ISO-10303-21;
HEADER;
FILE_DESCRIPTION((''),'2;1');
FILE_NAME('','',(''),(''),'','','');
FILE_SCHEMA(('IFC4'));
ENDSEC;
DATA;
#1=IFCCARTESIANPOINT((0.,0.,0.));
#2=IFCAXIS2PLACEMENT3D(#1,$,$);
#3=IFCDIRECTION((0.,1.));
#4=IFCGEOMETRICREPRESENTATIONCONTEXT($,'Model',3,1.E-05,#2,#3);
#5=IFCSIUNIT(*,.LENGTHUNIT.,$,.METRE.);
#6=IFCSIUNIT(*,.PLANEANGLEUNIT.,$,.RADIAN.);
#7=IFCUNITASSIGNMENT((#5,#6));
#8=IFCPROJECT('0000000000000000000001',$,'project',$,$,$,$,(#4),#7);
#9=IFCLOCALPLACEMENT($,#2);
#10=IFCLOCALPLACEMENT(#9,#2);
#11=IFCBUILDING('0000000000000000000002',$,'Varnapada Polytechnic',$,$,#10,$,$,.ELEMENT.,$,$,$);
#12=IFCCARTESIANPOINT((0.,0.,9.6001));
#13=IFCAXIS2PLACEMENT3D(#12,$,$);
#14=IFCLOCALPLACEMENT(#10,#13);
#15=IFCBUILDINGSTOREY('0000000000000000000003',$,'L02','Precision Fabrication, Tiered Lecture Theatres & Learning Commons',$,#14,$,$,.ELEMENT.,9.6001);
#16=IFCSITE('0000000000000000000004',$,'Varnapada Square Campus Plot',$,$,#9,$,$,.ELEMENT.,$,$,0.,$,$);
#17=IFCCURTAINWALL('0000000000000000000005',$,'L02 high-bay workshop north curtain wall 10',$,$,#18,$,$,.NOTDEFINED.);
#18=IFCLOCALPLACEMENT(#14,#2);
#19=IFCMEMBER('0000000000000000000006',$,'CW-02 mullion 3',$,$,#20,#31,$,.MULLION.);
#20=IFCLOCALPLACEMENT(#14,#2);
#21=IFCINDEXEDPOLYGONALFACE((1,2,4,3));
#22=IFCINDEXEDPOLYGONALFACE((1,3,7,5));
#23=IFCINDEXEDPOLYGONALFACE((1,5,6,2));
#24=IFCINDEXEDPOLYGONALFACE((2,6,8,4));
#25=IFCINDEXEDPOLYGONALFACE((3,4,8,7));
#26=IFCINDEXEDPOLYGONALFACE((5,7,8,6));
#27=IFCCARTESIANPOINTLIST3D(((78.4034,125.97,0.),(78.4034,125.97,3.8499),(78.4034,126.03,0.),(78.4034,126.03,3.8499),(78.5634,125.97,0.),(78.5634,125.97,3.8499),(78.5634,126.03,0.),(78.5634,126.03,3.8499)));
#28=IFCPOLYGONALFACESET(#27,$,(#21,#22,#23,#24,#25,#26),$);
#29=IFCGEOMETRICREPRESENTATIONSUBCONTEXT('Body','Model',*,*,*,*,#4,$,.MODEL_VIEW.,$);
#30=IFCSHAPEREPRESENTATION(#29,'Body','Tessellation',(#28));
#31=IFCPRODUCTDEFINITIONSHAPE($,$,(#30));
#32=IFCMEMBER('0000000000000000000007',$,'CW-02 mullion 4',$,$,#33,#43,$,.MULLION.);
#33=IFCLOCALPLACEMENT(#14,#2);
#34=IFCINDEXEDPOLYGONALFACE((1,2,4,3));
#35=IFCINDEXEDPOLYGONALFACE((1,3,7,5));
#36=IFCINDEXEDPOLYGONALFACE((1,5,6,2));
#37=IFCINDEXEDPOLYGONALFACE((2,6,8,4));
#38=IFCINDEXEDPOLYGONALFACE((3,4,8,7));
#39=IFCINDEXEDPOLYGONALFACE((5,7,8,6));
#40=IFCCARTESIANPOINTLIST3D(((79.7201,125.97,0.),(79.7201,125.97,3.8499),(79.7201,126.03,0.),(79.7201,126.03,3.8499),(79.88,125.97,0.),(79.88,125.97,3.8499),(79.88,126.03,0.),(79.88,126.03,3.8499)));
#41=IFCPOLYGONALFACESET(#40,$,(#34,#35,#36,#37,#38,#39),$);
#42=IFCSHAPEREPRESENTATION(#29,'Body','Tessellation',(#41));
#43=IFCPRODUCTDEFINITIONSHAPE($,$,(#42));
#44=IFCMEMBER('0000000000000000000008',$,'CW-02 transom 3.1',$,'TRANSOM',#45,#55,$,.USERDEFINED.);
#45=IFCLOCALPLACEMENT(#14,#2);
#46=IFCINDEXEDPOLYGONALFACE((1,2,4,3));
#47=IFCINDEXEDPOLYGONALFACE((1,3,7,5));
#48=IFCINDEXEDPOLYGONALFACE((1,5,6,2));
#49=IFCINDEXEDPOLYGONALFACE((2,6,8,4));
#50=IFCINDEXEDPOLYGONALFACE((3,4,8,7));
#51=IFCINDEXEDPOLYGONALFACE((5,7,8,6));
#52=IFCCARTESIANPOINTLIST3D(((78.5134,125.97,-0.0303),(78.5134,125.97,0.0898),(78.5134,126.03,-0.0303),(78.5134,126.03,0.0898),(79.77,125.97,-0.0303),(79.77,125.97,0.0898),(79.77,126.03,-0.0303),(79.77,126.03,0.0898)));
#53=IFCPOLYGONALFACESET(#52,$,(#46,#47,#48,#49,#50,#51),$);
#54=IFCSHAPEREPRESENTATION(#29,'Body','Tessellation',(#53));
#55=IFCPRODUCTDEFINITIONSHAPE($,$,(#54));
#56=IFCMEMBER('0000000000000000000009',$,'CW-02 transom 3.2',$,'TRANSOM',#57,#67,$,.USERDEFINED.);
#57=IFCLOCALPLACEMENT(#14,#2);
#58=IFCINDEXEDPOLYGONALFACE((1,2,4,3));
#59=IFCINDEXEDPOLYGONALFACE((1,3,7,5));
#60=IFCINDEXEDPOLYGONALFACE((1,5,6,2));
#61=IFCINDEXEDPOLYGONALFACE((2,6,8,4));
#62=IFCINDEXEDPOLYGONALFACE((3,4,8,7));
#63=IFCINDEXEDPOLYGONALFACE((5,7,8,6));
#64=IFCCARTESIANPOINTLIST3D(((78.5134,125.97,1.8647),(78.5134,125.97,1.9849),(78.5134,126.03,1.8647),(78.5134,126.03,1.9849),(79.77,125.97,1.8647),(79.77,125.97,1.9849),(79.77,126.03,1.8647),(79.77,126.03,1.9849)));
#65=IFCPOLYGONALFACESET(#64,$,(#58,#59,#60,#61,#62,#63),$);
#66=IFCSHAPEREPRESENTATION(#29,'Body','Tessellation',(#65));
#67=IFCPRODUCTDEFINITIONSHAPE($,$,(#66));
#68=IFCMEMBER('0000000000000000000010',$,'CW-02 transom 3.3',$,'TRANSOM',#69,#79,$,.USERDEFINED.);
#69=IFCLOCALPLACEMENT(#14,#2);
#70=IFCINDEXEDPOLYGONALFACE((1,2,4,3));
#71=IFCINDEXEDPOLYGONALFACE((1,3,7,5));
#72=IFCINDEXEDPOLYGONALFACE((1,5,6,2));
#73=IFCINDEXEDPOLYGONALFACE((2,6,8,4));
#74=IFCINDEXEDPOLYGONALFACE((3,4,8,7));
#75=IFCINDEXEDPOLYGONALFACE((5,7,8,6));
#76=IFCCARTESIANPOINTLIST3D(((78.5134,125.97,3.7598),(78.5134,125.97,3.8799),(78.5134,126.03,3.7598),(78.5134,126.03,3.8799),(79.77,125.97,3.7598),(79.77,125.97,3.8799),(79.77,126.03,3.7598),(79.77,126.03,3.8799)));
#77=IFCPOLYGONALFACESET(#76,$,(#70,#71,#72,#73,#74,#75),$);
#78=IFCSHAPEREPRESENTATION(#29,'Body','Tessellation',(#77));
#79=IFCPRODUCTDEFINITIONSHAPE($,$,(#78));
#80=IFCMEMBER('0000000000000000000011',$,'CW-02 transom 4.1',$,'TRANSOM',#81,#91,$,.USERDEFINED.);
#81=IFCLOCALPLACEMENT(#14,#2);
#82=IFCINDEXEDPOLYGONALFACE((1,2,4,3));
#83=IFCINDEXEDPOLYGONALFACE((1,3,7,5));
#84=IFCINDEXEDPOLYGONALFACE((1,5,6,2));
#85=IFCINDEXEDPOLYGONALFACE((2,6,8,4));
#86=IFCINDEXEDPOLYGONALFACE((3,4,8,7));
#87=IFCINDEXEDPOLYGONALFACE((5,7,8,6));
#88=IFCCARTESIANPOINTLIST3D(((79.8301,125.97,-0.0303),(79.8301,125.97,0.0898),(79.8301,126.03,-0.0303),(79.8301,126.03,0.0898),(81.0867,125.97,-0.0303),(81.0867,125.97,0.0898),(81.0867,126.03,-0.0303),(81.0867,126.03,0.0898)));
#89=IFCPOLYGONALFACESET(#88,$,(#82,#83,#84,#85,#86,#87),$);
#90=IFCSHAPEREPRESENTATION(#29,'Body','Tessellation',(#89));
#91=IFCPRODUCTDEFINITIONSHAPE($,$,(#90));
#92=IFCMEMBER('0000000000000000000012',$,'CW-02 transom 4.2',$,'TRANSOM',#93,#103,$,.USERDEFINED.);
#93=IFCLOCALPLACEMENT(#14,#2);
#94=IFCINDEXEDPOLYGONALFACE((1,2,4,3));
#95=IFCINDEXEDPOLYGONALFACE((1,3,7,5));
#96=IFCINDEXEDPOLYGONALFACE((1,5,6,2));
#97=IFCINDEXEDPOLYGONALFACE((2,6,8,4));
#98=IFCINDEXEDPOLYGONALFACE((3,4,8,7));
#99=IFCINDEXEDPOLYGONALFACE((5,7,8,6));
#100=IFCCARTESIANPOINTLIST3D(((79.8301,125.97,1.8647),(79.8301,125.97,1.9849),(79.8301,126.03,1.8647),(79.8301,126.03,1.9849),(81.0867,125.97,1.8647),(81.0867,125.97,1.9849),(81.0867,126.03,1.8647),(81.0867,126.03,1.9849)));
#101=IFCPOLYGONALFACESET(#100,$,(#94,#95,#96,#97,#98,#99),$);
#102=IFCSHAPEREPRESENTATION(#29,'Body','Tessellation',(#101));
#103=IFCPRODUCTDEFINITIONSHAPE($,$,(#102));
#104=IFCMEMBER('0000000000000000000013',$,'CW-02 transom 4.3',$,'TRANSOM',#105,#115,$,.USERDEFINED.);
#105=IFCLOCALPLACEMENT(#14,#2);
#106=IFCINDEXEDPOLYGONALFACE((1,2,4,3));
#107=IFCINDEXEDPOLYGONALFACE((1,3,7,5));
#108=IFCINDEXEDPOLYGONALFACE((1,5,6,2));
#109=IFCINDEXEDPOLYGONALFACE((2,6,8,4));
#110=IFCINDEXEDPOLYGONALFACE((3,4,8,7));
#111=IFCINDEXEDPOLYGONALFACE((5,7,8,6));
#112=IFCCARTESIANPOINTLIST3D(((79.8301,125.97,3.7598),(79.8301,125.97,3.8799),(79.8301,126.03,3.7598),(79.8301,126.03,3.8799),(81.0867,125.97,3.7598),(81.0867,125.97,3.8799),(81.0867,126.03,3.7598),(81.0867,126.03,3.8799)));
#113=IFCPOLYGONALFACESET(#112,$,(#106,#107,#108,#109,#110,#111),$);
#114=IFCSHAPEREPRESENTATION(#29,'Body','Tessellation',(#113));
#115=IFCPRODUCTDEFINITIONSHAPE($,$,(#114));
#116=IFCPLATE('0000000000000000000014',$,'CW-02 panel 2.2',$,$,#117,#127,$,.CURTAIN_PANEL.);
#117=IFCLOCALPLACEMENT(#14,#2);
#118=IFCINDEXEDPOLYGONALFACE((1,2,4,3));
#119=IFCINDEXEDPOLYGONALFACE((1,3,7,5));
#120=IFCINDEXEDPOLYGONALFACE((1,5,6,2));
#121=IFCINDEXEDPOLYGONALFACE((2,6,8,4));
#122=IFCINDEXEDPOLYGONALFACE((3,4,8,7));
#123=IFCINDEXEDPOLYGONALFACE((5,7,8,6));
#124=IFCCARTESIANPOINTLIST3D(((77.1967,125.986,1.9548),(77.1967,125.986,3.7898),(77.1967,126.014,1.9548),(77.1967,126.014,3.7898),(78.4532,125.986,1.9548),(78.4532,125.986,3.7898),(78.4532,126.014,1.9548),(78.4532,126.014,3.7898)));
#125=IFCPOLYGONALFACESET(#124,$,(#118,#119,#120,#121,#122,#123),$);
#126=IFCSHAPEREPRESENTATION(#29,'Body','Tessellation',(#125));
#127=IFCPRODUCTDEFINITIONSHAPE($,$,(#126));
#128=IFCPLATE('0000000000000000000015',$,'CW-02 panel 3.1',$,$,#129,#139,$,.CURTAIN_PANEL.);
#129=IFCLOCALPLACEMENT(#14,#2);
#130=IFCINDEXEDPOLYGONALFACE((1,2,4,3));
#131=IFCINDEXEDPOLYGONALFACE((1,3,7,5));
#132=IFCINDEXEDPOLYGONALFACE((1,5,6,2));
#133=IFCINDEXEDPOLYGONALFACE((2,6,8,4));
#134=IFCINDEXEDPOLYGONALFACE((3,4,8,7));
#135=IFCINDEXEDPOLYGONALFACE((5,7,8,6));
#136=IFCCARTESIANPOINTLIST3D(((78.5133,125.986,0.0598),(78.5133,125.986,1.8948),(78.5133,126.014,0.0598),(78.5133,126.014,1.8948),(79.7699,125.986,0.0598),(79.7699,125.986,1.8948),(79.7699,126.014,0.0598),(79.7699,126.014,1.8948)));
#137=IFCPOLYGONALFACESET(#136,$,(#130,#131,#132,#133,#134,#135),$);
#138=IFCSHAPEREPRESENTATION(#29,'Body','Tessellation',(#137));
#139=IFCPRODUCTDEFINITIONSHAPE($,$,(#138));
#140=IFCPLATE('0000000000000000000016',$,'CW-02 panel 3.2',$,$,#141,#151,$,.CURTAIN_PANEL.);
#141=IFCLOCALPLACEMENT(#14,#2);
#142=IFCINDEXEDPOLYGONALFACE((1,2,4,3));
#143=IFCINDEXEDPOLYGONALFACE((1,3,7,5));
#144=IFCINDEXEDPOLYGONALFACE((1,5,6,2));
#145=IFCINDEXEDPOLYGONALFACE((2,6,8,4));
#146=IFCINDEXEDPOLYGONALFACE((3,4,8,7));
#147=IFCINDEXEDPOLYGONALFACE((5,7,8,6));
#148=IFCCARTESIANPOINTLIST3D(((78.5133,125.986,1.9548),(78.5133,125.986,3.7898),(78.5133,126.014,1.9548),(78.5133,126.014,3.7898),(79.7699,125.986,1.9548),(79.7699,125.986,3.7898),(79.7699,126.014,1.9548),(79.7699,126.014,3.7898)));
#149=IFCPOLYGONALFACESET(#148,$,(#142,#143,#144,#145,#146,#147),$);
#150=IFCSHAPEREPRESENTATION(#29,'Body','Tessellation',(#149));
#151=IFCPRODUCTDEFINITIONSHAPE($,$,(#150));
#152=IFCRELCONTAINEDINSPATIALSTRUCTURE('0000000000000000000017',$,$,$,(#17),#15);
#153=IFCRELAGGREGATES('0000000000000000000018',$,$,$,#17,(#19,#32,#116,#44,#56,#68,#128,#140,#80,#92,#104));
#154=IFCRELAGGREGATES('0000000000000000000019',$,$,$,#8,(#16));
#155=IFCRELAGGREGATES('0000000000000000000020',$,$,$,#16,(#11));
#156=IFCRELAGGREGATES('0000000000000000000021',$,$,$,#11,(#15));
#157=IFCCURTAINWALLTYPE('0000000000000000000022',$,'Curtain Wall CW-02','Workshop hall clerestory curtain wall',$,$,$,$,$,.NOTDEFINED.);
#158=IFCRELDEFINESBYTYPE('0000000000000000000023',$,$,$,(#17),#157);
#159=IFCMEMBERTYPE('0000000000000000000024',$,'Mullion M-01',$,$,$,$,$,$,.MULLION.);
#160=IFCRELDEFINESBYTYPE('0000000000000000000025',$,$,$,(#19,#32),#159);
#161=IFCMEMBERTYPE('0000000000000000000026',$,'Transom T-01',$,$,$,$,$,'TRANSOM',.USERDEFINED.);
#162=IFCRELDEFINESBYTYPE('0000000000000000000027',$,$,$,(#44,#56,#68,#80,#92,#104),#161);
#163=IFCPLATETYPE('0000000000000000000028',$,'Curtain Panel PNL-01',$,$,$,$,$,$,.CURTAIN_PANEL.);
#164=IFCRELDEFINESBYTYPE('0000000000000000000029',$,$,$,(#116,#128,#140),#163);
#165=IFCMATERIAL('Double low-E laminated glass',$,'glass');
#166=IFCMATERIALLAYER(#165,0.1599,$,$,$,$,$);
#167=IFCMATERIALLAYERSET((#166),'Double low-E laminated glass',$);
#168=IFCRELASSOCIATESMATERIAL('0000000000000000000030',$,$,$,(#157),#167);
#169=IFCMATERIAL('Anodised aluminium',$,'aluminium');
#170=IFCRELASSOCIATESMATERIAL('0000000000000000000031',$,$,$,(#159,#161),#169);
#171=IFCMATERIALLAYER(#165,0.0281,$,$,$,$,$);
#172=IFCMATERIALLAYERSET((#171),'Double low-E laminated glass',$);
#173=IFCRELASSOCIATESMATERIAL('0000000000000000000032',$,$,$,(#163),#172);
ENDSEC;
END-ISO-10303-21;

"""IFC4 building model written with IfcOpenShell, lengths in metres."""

from ifc_helpers import new_model, si_unit, direction, frame, origin, origin_2d, place, context, subcontext, project, spatial, rectangle, extrude, material, layer, layer_set, material_profile, profile_set, type_object, element, aggregate, save


model = new_model("IFC4")

# Units and contexts
model_context = context("Model", 3, precision=1e-05, world=origin(), true_north=direction((0.0, 1.0)))
body_context = subcontext(model_context, "Body", "Model", "MODEL_VIEW")
ifc_project = project(units=[si_unit("LENGTHUNIT", "METRE"), si_unit("PLANEANGLEUNIT", "RADIAN")], contexts=[model_context])

# Site, building, storey
site_placement = place(None, origin())
site = spatial("IfcSite", under=ifc_project, at=site_placement, Name="Varnapada Square Campus Plot", CompositionType="ELEMENT", RefElevation=0.0)
building_placement = place(site_placement, origin())
building = spatial("IfcBuilding", under=site, at=building_placement, Name="Varnapada Polytechnic", CompositionType="ELEMENT")
storey_placement = place(building_placement, frame((0.0, 0.0, 9.6001)))
storey = spatial("IfcBuildingStorey", under=building, at=storey_placement, Name="L02", Description="Precision Fabrication, Tiered Lecture Theatres & Learning Commons", CompositionType="ELEMENT", Elevation=9.6001)

# Curtain wall, members, plates
ifc_material_1 = material(Name="Double low-E laminated glass", Category="glass")
ifc_layer_1 = layer(ifc_material_1, 0.1599)
ifc_layer_set_1 = layer_set([ifc_layer_1], Name="Double low-E laminated glass")
curtain_wall_type = type_object("IfcCurtainWallType", Name="Curtain Wall CW-02", Description="Workshop hall clerestory curtain wall", PredefinedType="NOTDEFINED", material=ifc_layer_set_1)
curtain_wall_placement = place(storey_placement, origin())
curtain_wall = element("IfcCurtainWall", 1, at=curtain_wall_placement, inside=storey, type_object=curtain_wall_type, Name="L02 high-bay workshop north curtain wall 10", PredefinedType="NOTDEFINED")
ifc_material_2 = material(Name="Anodised aluminium", Category="aluminium")
ifc_material_profile_1 = material_profile(ifc_material_2, rectangle(XDim=0.0601, YDim=0.1599, at=origin_2d()), Name="ALU M60x160")
ifc_profile_set_1 = profile_set([ifc_material_profile_1], Name="Anodised aluminium")
member_type_1 = type_object("IfcMemberType", Name="Mullion M-01", PredefinedType="MULLION", material=ifc_profile_set_1)
member_1_placement = place(storey_placement, frame((78.4834, 126.0, 0.0), z_axis=(0.0, 0.0, 1.0), x_axis=(0.0, 1.0, 0.0)))
member_1 = element("IfcMember", 2, at=member_1_placement, type_object=member_type_1, Name="CW-02 mullion 3", PredefinedType="MULLION", context=body_context, shape_type="SweptSolid", body=[
    extrude(rectangle(XDim=0.0601, YDim=0.1599, at=origin_2d()), origin(), (0.0, 0.0, 1.0), 3.8499),
])
member_2_placement = place(storey_placement, frame((79.8, 126.0, 0.0), z_axis=(0.0, 0.0, 1.0), x_axis=(0.0, 1.0, 0.0)))
member_2 = element("IfcMember", 3, at=member_2_placement, type_object=member_type_1, Name="CW-02 mullion 4", PredefinedType="MULLION", context=body_context, shape_type="SweptSolid", body=[
    extrude(rectangle(XDim=0.0601, YDim=0.1599, at=origin_2d()), origin(), (0.0, 0.0, 1.0), 3.8499),
])
ifc_material_profile_2 = material_profile(ifc_material_2, rectangle(XDim=0.0601, YDim=0.1201, at=origin_2d()), Name="ALU T60x120")
ifc_profile_set_2 = profile_set([ifc_material_profile_2], Name="Anodised aluminium")
member_type_2 = type_object("IfcMemberType", Name="Transom T-01", ElementType="TRANSOM", PredefinedType="USERDEFINED", material=ifc_profile_set_2)
member_3_placement = place(storey_placement, frame((78.5134, 126.0, 0.0298), z_axis=(1.0, 0.0, 0.0), x_axis=(0.0, 1.0, 0.0)))
member_3 = element("IfcMember", 4, at=member_3_placement, type_object=member_type_2, Name="CW-02 transom 3.1", ObjectType="TRANSOM", PredefinedType="USERDEFINED", context=body_context, shape_type="SweptSolid", body=[
    extrude(rectangle(XDim=0.0601, YDim=0.1201, at=origin_2d()), origin(), (0.0, 0.0, 1.0), 1.2566),
])
member_4_placement = place(storey_placement, frame((78.5134, 126.0, 1.9248), z_axis=(1.0, 0.0, 0.0), x_axis=(0.0, 1.0, 0.0)))
member_4 = element("IfcMember", 5, at=member_4_placement, type_object=member_type_2, Name="CW-02 transom 3.2", ObjectType="TRANSOM", PredefinedType="USERDEFINED", context=body_context, shape_type="SweptSolid", body=[
    extrude(rectangle(XDim=0.0601, YDim=0.1201, at=origin_2d()), origin(), (0.0, 0.0, 1.0), 1.2566),
])
member_5_placement = place(storey_placement, frame((78.5134, 126.0, 3.8198), z_axis=(1.0, 0.0, 0.0), x_axis=(0.0, 1.0, 0.0)))
member_5 = element("IfcMember", 6, at=member_5_placement, type_object=member_type_2, Name="CW-02 transom 3.3", ObjectType="TRANSOM", PredefinedType="USERDEFINED", context=body_context, shape_type="SweptSolid", body=[
    extrude(rectangle(XDim=0.0601, YDim=0.1201, at=origin_2d()), origin(), (0.0, 0.0, 1.0), 1.2566),
])
member_6_placement = place(storey_placement, frame((79.8301, 126.0, 0.0298), z_axis=(1.0, 0.0, 0.0), x_axis=(0.0, 1.0, 0.0)))
member_6 = element("IfcMember", 7, at=member_6_placement, type_object=member_type_2, Name="CW-02 transom 4.1", ObjectType="TRANSOM", PredefinedType="USERDEFINED", context=body_context, shape_type="SweptSolid", body=[
    extrude(rectangle(XDim=0.0601, YDim=0.1201, at=origin_2d()), origin(), (0.0, 0.0, 1.0), 1.2566),
])
member_7_placement = place(storey_placement, frame((79.8301, 126.0, 1.9248), z_axis=(1.0, 0.0, 0.0), x_axis=(0.0, 1.0, 0.0)))
member_7 = element("IfcMember", 8, at=member_7_placement, type_object=member_type_2, Name="CW-02 transom 4.2", ObjectType="TRANSOM", PredefinedType="USERDEFINED", context=body_context, shape_type="SweptSolid", body=[
    extrude(rectangle(XDim=0.0601, YDim=0.1201, at=origin_2d()), origin(), (0.0, 0.0, 1.0), 1.2566),
])
member_8_placement = place(storey_placement, frame((79.8301, 126.0, 3.8198), z_axis=(1.0, 0.0, 0.0), x_axis=(0.0, 1.0, 0.0)))
member_8 = element("IfcMember", 9, at=member_8_placement, type_object=member_type_2, Name="CW-02 transom 4.3", ObjectType="TRANSOM", PredefinedType="USERDEFINED", context=body_context, shape_type="SweptSolid", body=[
    extrude(rectangle(XDim=0.0601, YDim=0.1201, at=origin_2d()), origin(), (0.0, 0.0, 1.0), 1.2566),
])
ifc_layer_2 = layer(ifc_material_1, 0.0281)
ifc_layer_set_2 = layer_set([ifc_layer_2], Name="Double low-E laminated glass")
plate_type = type_object("IfcPlateType", Name="Curtain Panel PNL-01", PredefinedType="CURTAIN_PANEL", material=ifc_layer_set_2)
plate_1_placement = place(storey_placement, frame((77.825, 126.0, 1.9548), z_axis=(0.0, 0.0, 1.0), x_axis=(1.0, 0.0, 0.0)))
plate_1 = element("IfcPlate", 10, at=plate_1_placement, type_object=plate_type, Name="CW-02 panel 2.2", PredefinedType="CURTAIN_PANEL", context=body_context, shape_type="SweptSolid", body=[
    extrude(rectangle(XDim=1.2566, YDim=0.0281, at=origin_2d()), origin(), (0.0, 0.0, 1.0), 1.835),
])
plate_2_placement = place(storey_placement, frame((79.1416, 126.0, 0.0598), z_axis=(0.0, 0.0, 1.0), x_axis=(1.0, 0.0, 0.0)))
plate_2 = element("IfcPlate", 11, at=plate_2_placement, type_object=plate_type, Name="CW-02 panel 3.1", PredefinedType="CURTAIN_PANEL", context=body_context, shape_type="SweptSolid", body=[
    extrude(rectangle(XDim=1.2566, YDim=0.0281, at=origin_2d()), origin(), (0.0, 0.0, 1.0), 1.835),
])
plate_3_placement = place(storey_placement, frame((79.1416, 126.0, 1.9548), z_axis=(0.0, 0.0, 1.0), x_axis=(1.0, 0.0, 0.0)))
plate_3 = element("IfcPlate", 12, at=plate_3_placement, type_object=plate_type, Name="CW-02 panel 3.2", PredefinedType="CURTAIN_PANEL", context=body_context, shape_type="SweptSolid", body=[
    extrude(rectangle(XDim=1.2566, YDim=0.0281, at=origin_2d()), origin(), (0.0, 0.0, 1.0), 1.835),
])
aggregate(curtain_wall, [member_1, member_2, plate_1, member_3, member_4, member_5, plate_2, plate_3, member_6, member_7, member_8])

save(model, "model.ifc")
